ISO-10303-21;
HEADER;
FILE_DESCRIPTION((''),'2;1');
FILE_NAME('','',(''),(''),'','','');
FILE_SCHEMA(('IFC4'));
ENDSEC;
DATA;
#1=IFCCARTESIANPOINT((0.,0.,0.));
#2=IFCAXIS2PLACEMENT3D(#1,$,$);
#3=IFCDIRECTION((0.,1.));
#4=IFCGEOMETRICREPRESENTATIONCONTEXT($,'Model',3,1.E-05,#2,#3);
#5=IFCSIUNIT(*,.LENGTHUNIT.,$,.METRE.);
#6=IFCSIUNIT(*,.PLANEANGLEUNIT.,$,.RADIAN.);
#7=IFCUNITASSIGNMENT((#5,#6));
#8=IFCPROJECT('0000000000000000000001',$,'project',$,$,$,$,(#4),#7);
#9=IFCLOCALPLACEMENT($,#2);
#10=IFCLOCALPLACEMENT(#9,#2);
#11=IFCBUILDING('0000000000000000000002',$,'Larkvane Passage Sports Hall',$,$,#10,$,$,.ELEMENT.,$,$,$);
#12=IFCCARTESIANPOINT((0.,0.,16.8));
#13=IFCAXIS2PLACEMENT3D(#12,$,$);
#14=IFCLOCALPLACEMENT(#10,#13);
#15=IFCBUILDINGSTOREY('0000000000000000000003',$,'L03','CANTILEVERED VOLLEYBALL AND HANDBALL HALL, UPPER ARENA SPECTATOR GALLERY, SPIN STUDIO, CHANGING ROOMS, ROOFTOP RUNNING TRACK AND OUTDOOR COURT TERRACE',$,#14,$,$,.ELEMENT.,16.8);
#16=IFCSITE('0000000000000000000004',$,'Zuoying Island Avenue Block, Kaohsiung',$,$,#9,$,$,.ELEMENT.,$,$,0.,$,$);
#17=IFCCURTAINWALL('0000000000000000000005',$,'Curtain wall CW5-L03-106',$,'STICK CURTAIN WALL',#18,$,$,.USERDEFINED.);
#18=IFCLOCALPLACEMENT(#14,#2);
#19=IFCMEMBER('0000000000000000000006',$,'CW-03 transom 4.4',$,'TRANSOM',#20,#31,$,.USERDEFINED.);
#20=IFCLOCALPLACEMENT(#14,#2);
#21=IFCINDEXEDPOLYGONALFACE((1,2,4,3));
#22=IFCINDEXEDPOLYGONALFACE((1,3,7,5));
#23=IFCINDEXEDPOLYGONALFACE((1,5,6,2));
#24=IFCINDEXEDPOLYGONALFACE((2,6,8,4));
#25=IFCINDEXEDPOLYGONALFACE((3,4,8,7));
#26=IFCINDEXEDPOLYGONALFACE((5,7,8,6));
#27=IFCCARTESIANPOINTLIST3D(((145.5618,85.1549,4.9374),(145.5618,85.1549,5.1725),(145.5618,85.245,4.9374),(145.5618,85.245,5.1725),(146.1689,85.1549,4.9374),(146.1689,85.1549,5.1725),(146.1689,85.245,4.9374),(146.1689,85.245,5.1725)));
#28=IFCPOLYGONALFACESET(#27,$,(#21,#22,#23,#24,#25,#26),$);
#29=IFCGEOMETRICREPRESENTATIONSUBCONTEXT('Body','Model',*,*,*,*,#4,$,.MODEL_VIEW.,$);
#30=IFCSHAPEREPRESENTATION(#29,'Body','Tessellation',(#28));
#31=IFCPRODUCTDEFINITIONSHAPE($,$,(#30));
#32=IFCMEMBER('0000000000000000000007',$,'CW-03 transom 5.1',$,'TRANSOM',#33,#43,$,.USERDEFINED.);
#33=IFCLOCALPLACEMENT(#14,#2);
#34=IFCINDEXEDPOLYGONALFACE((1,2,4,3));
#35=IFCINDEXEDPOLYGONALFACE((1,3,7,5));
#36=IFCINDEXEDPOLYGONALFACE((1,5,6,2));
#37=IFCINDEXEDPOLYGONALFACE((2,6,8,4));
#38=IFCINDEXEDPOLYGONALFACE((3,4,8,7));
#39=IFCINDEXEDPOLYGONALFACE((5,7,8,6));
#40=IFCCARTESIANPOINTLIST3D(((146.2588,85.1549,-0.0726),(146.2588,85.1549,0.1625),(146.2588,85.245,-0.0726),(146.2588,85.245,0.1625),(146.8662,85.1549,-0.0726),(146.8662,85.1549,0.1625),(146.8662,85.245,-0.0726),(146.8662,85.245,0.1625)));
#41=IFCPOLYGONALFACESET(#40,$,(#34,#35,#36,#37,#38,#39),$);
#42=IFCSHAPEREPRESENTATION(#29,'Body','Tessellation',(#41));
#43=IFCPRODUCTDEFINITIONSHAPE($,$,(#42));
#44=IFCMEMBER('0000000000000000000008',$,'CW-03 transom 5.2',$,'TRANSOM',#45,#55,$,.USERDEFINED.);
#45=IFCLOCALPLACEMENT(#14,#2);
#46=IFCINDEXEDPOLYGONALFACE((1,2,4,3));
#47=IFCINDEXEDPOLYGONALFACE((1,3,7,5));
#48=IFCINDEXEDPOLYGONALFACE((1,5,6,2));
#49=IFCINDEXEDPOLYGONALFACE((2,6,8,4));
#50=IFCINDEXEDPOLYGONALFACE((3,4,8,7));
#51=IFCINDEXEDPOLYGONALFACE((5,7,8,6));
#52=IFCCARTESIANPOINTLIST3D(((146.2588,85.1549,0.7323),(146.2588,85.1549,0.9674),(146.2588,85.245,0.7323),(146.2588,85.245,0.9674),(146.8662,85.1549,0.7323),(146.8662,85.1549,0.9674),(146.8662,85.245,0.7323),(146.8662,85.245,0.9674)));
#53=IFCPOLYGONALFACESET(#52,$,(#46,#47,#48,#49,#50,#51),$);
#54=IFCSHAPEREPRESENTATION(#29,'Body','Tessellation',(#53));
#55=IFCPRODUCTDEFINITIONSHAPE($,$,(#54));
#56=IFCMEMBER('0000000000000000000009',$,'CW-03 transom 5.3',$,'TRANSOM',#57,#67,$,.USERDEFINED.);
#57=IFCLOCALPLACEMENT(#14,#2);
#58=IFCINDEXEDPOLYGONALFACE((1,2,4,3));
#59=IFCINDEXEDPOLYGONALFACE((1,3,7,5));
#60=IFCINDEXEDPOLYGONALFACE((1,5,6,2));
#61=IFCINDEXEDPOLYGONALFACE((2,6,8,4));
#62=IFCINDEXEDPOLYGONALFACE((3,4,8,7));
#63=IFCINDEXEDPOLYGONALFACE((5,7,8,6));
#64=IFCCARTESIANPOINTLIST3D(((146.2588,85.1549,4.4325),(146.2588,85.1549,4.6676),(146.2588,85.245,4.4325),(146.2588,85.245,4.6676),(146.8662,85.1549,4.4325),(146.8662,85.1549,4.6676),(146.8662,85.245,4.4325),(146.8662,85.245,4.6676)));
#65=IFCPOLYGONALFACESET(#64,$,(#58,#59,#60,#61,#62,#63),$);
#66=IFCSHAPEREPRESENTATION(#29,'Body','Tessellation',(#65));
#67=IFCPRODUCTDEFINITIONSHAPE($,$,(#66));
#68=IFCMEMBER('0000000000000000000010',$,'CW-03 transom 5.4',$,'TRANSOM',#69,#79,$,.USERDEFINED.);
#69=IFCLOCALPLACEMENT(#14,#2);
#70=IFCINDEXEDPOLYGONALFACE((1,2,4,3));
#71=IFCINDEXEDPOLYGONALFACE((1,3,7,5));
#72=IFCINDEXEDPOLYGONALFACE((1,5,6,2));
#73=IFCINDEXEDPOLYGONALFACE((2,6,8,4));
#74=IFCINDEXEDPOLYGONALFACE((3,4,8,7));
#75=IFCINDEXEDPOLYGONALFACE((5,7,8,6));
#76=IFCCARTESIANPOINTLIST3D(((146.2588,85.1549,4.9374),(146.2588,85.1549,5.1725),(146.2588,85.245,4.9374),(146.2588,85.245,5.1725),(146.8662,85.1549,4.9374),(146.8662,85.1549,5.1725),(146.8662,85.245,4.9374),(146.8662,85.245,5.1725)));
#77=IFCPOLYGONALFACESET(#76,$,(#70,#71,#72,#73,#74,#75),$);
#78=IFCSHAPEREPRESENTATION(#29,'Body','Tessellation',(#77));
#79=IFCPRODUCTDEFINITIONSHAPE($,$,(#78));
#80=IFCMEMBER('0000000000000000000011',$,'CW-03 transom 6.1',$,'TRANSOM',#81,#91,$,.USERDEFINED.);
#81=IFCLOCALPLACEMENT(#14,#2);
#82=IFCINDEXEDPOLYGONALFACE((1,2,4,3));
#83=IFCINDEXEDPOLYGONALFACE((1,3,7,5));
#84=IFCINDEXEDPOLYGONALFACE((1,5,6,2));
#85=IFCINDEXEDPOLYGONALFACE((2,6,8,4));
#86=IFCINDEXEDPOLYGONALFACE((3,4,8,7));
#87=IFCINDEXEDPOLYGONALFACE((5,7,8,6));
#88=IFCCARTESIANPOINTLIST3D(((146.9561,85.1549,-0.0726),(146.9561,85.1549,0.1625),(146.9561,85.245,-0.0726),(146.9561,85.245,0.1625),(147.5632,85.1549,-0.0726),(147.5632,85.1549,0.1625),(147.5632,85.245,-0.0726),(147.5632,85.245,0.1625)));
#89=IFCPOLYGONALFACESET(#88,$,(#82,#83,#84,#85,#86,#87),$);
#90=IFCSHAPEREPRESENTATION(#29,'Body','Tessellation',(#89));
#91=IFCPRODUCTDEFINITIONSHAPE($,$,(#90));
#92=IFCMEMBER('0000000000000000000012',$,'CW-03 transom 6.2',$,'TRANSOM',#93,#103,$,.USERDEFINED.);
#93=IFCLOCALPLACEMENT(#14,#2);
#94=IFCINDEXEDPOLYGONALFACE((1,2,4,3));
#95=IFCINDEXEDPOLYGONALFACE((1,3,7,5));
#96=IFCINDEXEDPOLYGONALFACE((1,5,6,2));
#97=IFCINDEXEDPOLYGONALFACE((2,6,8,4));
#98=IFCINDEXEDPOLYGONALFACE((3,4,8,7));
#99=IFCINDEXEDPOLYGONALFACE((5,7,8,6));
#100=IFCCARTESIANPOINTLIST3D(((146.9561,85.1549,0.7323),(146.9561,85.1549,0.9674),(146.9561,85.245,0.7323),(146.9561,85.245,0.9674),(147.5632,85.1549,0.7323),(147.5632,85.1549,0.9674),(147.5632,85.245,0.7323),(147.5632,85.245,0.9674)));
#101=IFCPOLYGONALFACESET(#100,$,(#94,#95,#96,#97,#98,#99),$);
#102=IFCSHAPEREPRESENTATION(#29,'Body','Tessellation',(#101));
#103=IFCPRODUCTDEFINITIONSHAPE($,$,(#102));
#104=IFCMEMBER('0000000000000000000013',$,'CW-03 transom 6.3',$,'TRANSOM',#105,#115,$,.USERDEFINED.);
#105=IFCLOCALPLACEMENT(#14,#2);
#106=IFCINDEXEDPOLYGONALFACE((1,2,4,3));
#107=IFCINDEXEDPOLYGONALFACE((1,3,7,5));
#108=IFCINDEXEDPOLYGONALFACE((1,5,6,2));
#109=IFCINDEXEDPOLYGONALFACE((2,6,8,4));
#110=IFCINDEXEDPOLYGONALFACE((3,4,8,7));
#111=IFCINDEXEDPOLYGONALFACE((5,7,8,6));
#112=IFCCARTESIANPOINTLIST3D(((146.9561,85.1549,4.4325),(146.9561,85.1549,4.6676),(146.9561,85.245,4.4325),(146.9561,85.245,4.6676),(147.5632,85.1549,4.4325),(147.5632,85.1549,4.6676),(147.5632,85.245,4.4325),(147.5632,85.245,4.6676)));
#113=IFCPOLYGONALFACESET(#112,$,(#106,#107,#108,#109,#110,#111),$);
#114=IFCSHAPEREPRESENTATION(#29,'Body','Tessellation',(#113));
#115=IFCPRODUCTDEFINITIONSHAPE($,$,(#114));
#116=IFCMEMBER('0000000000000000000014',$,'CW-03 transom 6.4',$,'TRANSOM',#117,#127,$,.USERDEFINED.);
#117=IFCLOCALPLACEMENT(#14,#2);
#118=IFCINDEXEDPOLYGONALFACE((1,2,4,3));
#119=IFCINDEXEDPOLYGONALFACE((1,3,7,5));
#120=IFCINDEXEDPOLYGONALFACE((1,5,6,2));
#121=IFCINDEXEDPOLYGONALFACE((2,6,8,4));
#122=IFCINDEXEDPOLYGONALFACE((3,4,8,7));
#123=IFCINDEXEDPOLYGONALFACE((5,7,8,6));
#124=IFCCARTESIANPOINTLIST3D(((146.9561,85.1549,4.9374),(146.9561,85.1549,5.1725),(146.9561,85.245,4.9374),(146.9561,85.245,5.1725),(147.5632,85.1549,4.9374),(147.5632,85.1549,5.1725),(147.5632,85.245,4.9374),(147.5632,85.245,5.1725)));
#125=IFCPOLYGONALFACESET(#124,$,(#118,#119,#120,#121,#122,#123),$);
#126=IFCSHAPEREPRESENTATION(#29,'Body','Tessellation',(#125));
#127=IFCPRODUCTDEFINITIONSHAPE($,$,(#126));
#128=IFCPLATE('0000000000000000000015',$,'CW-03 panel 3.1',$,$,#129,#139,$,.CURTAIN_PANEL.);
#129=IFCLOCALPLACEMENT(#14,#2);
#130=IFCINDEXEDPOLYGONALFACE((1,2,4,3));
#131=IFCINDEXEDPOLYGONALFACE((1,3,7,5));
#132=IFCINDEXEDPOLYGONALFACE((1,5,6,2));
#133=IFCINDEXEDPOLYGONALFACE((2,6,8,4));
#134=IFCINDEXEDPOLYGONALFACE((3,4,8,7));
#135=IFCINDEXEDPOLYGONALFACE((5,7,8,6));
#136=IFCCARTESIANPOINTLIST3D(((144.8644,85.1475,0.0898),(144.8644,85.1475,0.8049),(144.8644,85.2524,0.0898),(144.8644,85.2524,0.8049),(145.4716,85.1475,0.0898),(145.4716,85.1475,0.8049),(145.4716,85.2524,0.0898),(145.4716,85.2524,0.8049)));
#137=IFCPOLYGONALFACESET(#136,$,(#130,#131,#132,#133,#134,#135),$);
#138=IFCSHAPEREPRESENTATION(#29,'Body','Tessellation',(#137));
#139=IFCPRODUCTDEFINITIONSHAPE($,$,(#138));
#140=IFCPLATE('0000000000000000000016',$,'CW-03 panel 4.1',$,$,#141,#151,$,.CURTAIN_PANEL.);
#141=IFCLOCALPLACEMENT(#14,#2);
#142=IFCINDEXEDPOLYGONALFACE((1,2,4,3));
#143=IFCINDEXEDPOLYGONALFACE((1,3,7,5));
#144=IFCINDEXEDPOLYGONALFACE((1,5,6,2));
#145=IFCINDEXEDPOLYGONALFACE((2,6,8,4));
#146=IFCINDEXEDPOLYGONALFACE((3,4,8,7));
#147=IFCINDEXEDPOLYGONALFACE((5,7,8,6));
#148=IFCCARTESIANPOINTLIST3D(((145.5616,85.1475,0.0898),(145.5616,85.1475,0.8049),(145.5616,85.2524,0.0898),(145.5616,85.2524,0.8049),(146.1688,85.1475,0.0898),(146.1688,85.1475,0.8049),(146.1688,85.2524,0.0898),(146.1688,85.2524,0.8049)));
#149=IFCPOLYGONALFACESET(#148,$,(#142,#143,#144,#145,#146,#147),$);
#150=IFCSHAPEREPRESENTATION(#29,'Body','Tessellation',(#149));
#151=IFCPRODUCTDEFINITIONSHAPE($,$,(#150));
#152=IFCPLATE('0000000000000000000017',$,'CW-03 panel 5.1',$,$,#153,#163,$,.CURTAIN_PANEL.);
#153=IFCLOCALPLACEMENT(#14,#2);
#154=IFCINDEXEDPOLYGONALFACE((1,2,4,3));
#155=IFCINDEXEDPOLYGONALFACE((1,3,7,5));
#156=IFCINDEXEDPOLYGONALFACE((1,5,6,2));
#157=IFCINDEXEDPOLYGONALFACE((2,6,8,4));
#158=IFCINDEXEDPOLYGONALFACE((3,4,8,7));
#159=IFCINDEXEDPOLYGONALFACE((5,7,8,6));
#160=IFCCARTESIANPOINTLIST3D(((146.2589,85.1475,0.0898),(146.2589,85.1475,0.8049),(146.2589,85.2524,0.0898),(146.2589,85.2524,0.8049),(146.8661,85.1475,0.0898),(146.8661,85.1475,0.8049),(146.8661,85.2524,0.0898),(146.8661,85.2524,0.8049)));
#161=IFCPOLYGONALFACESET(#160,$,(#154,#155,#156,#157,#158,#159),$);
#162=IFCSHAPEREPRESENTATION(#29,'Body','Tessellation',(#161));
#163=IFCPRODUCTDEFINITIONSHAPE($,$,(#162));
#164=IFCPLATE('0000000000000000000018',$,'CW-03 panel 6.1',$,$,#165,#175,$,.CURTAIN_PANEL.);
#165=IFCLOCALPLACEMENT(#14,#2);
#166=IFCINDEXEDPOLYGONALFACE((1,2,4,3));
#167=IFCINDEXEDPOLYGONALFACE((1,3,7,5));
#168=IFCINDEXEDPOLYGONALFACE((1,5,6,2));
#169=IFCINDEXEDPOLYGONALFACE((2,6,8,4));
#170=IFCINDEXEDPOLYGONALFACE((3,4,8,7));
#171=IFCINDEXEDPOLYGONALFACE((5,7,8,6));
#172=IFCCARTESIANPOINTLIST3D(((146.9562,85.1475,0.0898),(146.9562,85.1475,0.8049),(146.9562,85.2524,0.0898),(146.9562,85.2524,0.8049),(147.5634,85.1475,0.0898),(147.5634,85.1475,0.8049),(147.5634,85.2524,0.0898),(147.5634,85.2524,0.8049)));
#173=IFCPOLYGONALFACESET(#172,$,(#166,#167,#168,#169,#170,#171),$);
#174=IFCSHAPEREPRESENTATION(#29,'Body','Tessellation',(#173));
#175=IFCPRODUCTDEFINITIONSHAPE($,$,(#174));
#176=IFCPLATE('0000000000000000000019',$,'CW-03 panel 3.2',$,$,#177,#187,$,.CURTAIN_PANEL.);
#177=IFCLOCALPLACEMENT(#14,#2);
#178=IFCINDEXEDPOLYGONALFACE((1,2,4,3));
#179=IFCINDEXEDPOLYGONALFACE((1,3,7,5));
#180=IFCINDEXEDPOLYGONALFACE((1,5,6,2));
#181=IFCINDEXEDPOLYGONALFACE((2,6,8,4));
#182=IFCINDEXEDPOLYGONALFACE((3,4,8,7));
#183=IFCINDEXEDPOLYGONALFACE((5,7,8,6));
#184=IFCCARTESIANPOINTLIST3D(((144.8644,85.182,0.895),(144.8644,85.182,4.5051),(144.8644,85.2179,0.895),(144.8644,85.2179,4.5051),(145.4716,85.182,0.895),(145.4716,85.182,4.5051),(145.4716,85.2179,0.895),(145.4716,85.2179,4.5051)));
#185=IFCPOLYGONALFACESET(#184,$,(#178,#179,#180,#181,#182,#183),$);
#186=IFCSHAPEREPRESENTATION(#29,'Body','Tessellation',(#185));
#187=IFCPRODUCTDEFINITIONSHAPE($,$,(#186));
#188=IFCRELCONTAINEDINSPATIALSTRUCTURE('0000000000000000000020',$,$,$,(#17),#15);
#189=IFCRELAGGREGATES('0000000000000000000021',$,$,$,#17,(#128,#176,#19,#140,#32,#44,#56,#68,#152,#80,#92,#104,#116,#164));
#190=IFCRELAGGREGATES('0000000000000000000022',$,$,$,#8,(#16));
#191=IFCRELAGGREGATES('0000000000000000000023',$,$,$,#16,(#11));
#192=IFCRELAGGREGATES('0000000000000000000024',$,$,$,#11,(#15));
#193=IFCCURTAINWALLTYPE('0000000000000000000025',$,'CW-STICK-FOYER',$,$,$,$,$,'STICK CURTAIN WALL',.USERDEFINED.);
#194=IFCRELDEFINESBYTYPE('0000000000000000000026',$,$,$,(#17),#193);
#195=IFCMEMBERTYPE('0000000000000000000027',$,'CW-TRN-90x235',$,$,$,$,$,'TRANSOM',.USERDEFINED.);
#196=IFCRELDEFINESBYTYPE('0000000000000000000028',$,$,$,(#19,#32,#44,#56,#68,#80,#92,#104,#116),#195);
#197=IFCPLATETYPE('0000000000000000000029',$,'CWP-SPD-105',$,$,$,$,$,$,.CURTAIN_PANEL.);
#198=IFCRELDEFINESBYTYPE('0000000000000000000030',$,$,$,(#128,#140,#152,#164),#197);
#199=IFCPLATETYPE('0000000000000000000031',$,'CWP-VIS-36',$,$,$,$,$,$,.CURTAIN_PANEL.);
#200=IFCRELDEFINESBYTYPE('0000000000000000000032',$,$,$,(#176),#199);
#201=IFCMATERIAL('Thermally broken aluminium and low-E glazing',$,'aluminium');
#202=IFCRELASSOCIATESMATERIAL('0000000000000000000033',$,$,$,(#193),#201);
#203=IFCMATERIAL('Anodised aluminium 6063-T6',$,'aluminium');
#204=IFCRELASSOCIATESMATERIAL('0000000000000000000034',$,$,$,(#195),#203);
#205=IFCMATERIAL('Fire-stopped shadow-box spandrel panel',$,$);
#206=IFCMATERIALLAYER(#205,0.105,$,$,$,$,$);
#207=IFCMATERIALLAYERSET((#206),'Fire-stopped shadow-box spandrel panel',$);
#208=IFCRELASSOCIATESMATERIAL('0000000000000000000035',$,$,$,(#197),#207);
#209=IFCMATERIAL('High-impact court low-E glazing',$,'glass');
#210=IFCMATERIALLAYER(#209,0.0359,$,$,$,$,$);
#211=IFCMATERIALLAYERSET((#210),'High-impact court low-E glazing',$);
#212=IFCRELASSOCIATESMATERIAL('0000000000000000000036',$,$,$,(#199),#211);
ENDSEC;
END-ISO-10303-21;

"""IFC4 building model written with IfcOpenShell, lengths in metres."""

from ifc_helpers import new_model, si_unit, direction, frame, origin, origin_2d, place, context, subcontext, project, spatial, rectangle, extrude, material, layer, layer_set, material_profile, profile_set, type_object, element, aggregate, save


model = new_model("IFC4")

# Units and contexts
model_context = context("Model", 3, precision=1e-05, world=origin(), true_north=direction((0.0, 1.0)))
body_context = subcontext(model_context, "Body", "Model", "MODEL_VIEW")
ifc_project = project(units=[si_unit("LENGTHUNIT", "METRE"), si_unit("PLANEANGLEUNIT", "RADIAN")], contexts=[model_context])

# Site, building, storey
site_placement = place(None, origin())
site = spatial("IfcSite", under=ifc_project, at=site_placement, Name="Zuoying Island Avenue Block, Kaohsiung", CompositionType="ELEMENT", RefElevation=0.0)
building_placement = place(site_placement, origin())
building = spatial("IfcBuilding", under=site, at=building_placement, Name="Larkvane Passage Sports Hall", CompositionType="ELEMENT")
storey_placement = place(building_placement, frame((0.0, 0.0, 16.8)))
storey = spatial("IfcBuildingStorey", under=building, at=storey_placement, Name="L03", Description="CANTILEVERED VOLLEYBALL AND HANDBALL HALL, UPPER ARENA SPECTATOR GALLERY, SPIN STUDIO, CHANGING ROOMS, ROOFTOP RUNNING TRACK AND OUTDOOR COURT TERRACE", CompositionType="ELEMENT", Elevation=16.8)

# Curtain wall, members, plates
ifc_material_1 = material(Name="Thermally broken aluminium and low-E glazing", Category="aluminium")
curtain_wall_type = type_object("IfcCurtainWallType", Name="CW-STICK-FOYER", ElementType="STICK CURTAIN WALL", PredefinedType="USERDEFINED", material=ifc_material_1)
curtain_wall_placement = place(storey_placement, origin())
curtain_wall = element("IfcCurtainWall", 1, at=curtain_wall_placement, inside=storey, type_object=curtain_wall_type, Name="Curtain wall CW5-L03-106", ObjectType="STICK CURTAIN WALL", PredefinedType="USERDEFINED")
ifc_material_2 = material(Name="Anodised aluminium 6063-T6", Category="aluminium")
ifc_material_profile_1 = material_profile(ifc_material_2, rectangle(XDim=0.0901, YDim=0.2351, at=origin_2d()), Name="ALU-TRN-90x235")
ifc_profile_set_1 = profile_set([ifc_material_profile_1], Name="Anodised aluminium 6063-T6")
member_type_1 = type_object("IfcMemberType", Name="CW-TRN-90x235", ElementType="TRANSOM", PredefinedType="USERDEFINED", material=ifc_profile_set_1)
member_1_placement = place(storey_placement, frame((145.5618, 85.2, 5.0549), z_axis=(1.0, 0.0, 0.0), x_axis=(0.0, 1.0, 0.0)))
member_1 = element("IfcMember", 2, at=member_1_placement, type_object=member_type_1, Name="CW-03 transom 4.4", ObjectType="TRANSOM", PredefinedType="USERDEFINED", context=body_context, shape_type="SweptSolid", body=[
    extrude(rectangle(XDim=0.0901, YDim=0.2351, at=origin_2d()), origin(), (0.0, 0.0, 1.0), 0.6072),
])
member_2_placement = place(storey_placement, frame((146.2588, 85.2, 0.0449), z_axis=(1.0, 0.0, 0.0), x_axis=(0.0, 1.0, 0.0)))
member_2 = element("IfcMember", 3, at=member_2_placement, type_object=member_type_1, Name="CW-03 transom 5.1", ObjectType="TRANSOM", PredefinedType="USERDEFINED", context=body_context, shape_type="SweptSolid", body=[
    extrude(rectangle(XDim=0.0901, YDim=0.2351, at=origin_2d()), origin(), (0.0, 0.0, 1.0), 0.6074),
])
member_3_placement = place(storey_placement, frame((146.2588, 85.2, 0.8499), z_axis=(1.0, 0.0, 0.0), x_axis=(0.0, 1.0, 0.0)))
member_3 = element("IfcMember", 4, at=member_3_placement, type_object=member_type_1, Name="CW-03 transom 5.2", ObjectType="TRANSOM", PredefinedType="USERDEFINED", context=body_context, shape_type="SweptSolid", body=[
    extrude(rectangle(XDim=0.0901, YDim=0.2351, at=origin_2d()), origin(), (0.0, 0.0, 1.0), 0.6074),
])
member_4_placement = place(storey_placement, frame((146.2588, 85.2, 4.55), z_axis=(1.0, 0.0, 0.0), x_axis=(0.0, 1.0, 0.0)))
member_4 = element("IfcMember", 5, at=member_4_placement, type_object=member_type_1, Name="CW-03 transom 5.3", ObjectType="TRANSOM", PredefinedType="USERDEFINED", context=body_context, shape_type="SweptSolid", body=[
    extrude(rectangle(XDim=0.0901, YDim=0.2351, at=origin_2d()), origin(), (0.0, 0.0, 1.0), 0.6074),
])
member_5_placement = place(storey_placement, frame((146.2588, 85.2, 5.0549), z_axis=(1.0, 0.0, 0.0), x_axis=(0.0, 1.0, 0.0)))
member_5 = element("IfcMember", 6, at=member_5_placement, type_object=member_type_1, Name="CW-03 transom 5.4", ObjectType="TRANSOM", PredefinedType="USERDEFINED", context=body_context, shape_type="SweptSolid", body=[
    extrude(rectangle(XDim=0.0901, YDim=0.2351, at=origin_2d()), origin(), (0.0, 0.0, 1.0), 0.6074),
])
member_6_placement = place(storey_placement, frame((146.9561, 85.2, 0.0449), z_axis=(1.0, 0.0, 0.0), x_axis=(0.0, 1.0, 0.0)))
member_6 = element("IfcMember", 7, at=member_6_placement, type_object=member_type_1, Name="CW-03 transom 6.1", ObjectType="TRANSOM", PredefinedType="USERDEFINED", context=body_context, shape_type="SweptSolid", body=[
    extrude(rectangle(XDim=0.0901, YDim=0.2351, at=origin_2d()), origin(), (0.0, 0.0, 1.0), 0.6072),
])
member_7_placement = place(storey_placement, frame((146.9561, 85.2, 0.8499), z_axis=(1.0, 0.0, 0.0), x_axis=(0.0, 1.0, 0.0)))
member_7 = element("IfcMember", 8, at=member_7_placement, type_object=member_type_1, Name="CW-03 transom 6.2", ObjectType="TRANSOM", PredefinedType="USERDEFINED", context=body_context, shape_type="SweptSolid", body=[
    extrude(rectangle(XDim=0.0901, YDim=0.2351, at=origin_2d()), origin(), (0.0, 0.0, 1.0), 0.6072),
])
member_8_placement = place(storey_placement, frame((146.9561, 85.2, 4.55), z_axis=(1.0, 0.0, 0.0), x_axis=(0.0, 1.0, 0.0)))
member_8 = element("IfcMember", 9, at=member_8_placement, type_object=member_type_1, Name="CW-03 transom 6.3", ObjectType="TRANSOM", PredefinedType="USERDEFINED", context=body_context, shape_type="SweptSolid", body=[
    extrude(rectangle(XDim=0.0901, YDim=0.2351, at=origin_2d()), origin(), (0.0, 0.0, 1.0), 0.6072),
])
member_9_placement = place(storey_placement, frame((146.9561, 85.2, 5.0549), z_axis=(1.0, 0.0, 0.0), x_axis=(0.0, 1.0, 0.0)))
member_9 = element("IfcMember", 10, at=member_9_placement, type_object=member_type_1, Name="CW-03 transom 6.4", ObjectType="TRANSOM", PredefinedType="USERDEFINED", context=body_context, shape_type="SweptSolid", body=[
    extrude(rectangle(XDim=0.0901, YDim=0.2351, at=origin_2d()), origin(), (0.0, 0.0, 1.0), 0.6072),
])
ifc_material_3 = material(Name="Fire-stopped shadow-box spandrel panel")
ifc_layer_1 = layer(ifc_material_3, 0.105)
ifc_layer_set_1 = layer_set([ifc_layer_1], Name="Fire-stopped shadow-box spandrel panel")
plate_type_1 = type_object("IfcPlateType", Name="CWP-SPD-105", PredefinedType="CURTAIN_PANEL", material=ifc_layer_set_1)
plate_1_placement = place(storey_placement, frame((145.168, 85.2, 0.0898), z_axis=(0.0, 0.0, 1.0), x_axis=(1.0, 0.0, 0.0)))
plate_1 = element("IfcPlate", 11, at=plate_1_placement, type_object=plate_type_1, Name="CW-03 panel 3.1", PredefinedType="CURTAIN_PANEL", context=body_context, shape_type="SweptSolid", body=[
    extrude(rectangle(XDim=0.6072, YDim=0.105, at=origin_2d()), origin(), (0.0, 0.0, 1.0), 0.7151),
])
plate_2_placement = place(storey_placement, frame((145.8652, 85.2, 0.0898), z_axis=(0.0, 0.0, 1.0), x_axis=(1.0, 0.0, 0.0)))
plate_2 = element("IfcPlate", 12, at=plate_2_placement, type_object=plate_type_1, Name="CW-03 panel 4.1", PredefinedType="CURTAIN_PANEL", context=body_context, shape_type="SweptSolid", body=[
    extrude(rectangle(XDim=0.6072, YDim=0.105, at=origin_2d()), origin(), (0.0, 0.0, 1.0), 0.7151),
])
plate_3_placement = place(storey_placement, frame((146.5625, 85.2, 0.0898), z_axis=(0.0, 0.0, 1.0), x_axis=(1.0, 0.0, 0.0)))
plate_3 = element("IfcPlate", 13, at=plate_3_placement, type_object=plate_type_1, Name="CW-03 panel 5.1", PredefinedType="CURTAIN_PANEL", context=body_context, shape_type="SweptSolid", body=[
    extrude(rectangle(XDim=0.6072, YDim=0.105, at=origin_2d()), origin(), (0.0, 0.0, 1.0), 0.7151),
])
plate_4_placement = place(storey_placement, frame((147.2598, 85.2, 0.0898), z_axis=(0.0, 0.0, 1.0), x_axis=(1.0, 0.0, 0.0)))
plate_4 = element("IfcPlate", 14, at=plate_4_placement, type_object=plate_type_1, Name="CW-03 panel 6.1", PredefinedType="CURTAIN_PANEL", context=body_context, shape_type="SweptSolid", body=[
    extrude(rectangle(XDim=0.6072, YDim=0.105, at=origin_2d()), origin(), (0.0, 0.0, 1.0), 0.7151),
])
ifc_material_4 = material(Name="High-impact court low-E glazing", Category="glass")
ifc_layer_2 = layer(ifc_material_4, 0.0359)
ifc_layer_set_2 = layer_set([ifc_layer_2], Name="High-impact court low-E glazing")
plate_type_2 = type_object("IfcPlateType", Name="CWP-VIS-36", PredefinedType="CURTAIN_PANEL", material=ifc_layer_set_2)
plate_5_placement = place(storey_placement, frame((145.168, 85.2, 0.895), z_axis=(0.0, 0.0, 1.0), x_axis=(1.0, 0.0, 0.0)))
plate_5 = element("IfcPlate", 15, at=plate_5_placement, type_object=plate_type_2, Name="CW-03 panel 3.2", PredefinedType="CURTAIN_PANEL", context=body_context, shape_type="SweptSolid", body=[
    extrude(rectangle(XDim=0.6072, YDim=0.0359, at=origin_2d()), origin(), (0.0, 0.0, 1.0), 3.6101),
])
aggregate(curtain_wall, [plate_1, plate_5, member_1, plate_2, member_2, member_3, member_4, member_5, plate_3, member_6, member_7, member_8, member_9, plate_4])

save(model, "model.ifc")
